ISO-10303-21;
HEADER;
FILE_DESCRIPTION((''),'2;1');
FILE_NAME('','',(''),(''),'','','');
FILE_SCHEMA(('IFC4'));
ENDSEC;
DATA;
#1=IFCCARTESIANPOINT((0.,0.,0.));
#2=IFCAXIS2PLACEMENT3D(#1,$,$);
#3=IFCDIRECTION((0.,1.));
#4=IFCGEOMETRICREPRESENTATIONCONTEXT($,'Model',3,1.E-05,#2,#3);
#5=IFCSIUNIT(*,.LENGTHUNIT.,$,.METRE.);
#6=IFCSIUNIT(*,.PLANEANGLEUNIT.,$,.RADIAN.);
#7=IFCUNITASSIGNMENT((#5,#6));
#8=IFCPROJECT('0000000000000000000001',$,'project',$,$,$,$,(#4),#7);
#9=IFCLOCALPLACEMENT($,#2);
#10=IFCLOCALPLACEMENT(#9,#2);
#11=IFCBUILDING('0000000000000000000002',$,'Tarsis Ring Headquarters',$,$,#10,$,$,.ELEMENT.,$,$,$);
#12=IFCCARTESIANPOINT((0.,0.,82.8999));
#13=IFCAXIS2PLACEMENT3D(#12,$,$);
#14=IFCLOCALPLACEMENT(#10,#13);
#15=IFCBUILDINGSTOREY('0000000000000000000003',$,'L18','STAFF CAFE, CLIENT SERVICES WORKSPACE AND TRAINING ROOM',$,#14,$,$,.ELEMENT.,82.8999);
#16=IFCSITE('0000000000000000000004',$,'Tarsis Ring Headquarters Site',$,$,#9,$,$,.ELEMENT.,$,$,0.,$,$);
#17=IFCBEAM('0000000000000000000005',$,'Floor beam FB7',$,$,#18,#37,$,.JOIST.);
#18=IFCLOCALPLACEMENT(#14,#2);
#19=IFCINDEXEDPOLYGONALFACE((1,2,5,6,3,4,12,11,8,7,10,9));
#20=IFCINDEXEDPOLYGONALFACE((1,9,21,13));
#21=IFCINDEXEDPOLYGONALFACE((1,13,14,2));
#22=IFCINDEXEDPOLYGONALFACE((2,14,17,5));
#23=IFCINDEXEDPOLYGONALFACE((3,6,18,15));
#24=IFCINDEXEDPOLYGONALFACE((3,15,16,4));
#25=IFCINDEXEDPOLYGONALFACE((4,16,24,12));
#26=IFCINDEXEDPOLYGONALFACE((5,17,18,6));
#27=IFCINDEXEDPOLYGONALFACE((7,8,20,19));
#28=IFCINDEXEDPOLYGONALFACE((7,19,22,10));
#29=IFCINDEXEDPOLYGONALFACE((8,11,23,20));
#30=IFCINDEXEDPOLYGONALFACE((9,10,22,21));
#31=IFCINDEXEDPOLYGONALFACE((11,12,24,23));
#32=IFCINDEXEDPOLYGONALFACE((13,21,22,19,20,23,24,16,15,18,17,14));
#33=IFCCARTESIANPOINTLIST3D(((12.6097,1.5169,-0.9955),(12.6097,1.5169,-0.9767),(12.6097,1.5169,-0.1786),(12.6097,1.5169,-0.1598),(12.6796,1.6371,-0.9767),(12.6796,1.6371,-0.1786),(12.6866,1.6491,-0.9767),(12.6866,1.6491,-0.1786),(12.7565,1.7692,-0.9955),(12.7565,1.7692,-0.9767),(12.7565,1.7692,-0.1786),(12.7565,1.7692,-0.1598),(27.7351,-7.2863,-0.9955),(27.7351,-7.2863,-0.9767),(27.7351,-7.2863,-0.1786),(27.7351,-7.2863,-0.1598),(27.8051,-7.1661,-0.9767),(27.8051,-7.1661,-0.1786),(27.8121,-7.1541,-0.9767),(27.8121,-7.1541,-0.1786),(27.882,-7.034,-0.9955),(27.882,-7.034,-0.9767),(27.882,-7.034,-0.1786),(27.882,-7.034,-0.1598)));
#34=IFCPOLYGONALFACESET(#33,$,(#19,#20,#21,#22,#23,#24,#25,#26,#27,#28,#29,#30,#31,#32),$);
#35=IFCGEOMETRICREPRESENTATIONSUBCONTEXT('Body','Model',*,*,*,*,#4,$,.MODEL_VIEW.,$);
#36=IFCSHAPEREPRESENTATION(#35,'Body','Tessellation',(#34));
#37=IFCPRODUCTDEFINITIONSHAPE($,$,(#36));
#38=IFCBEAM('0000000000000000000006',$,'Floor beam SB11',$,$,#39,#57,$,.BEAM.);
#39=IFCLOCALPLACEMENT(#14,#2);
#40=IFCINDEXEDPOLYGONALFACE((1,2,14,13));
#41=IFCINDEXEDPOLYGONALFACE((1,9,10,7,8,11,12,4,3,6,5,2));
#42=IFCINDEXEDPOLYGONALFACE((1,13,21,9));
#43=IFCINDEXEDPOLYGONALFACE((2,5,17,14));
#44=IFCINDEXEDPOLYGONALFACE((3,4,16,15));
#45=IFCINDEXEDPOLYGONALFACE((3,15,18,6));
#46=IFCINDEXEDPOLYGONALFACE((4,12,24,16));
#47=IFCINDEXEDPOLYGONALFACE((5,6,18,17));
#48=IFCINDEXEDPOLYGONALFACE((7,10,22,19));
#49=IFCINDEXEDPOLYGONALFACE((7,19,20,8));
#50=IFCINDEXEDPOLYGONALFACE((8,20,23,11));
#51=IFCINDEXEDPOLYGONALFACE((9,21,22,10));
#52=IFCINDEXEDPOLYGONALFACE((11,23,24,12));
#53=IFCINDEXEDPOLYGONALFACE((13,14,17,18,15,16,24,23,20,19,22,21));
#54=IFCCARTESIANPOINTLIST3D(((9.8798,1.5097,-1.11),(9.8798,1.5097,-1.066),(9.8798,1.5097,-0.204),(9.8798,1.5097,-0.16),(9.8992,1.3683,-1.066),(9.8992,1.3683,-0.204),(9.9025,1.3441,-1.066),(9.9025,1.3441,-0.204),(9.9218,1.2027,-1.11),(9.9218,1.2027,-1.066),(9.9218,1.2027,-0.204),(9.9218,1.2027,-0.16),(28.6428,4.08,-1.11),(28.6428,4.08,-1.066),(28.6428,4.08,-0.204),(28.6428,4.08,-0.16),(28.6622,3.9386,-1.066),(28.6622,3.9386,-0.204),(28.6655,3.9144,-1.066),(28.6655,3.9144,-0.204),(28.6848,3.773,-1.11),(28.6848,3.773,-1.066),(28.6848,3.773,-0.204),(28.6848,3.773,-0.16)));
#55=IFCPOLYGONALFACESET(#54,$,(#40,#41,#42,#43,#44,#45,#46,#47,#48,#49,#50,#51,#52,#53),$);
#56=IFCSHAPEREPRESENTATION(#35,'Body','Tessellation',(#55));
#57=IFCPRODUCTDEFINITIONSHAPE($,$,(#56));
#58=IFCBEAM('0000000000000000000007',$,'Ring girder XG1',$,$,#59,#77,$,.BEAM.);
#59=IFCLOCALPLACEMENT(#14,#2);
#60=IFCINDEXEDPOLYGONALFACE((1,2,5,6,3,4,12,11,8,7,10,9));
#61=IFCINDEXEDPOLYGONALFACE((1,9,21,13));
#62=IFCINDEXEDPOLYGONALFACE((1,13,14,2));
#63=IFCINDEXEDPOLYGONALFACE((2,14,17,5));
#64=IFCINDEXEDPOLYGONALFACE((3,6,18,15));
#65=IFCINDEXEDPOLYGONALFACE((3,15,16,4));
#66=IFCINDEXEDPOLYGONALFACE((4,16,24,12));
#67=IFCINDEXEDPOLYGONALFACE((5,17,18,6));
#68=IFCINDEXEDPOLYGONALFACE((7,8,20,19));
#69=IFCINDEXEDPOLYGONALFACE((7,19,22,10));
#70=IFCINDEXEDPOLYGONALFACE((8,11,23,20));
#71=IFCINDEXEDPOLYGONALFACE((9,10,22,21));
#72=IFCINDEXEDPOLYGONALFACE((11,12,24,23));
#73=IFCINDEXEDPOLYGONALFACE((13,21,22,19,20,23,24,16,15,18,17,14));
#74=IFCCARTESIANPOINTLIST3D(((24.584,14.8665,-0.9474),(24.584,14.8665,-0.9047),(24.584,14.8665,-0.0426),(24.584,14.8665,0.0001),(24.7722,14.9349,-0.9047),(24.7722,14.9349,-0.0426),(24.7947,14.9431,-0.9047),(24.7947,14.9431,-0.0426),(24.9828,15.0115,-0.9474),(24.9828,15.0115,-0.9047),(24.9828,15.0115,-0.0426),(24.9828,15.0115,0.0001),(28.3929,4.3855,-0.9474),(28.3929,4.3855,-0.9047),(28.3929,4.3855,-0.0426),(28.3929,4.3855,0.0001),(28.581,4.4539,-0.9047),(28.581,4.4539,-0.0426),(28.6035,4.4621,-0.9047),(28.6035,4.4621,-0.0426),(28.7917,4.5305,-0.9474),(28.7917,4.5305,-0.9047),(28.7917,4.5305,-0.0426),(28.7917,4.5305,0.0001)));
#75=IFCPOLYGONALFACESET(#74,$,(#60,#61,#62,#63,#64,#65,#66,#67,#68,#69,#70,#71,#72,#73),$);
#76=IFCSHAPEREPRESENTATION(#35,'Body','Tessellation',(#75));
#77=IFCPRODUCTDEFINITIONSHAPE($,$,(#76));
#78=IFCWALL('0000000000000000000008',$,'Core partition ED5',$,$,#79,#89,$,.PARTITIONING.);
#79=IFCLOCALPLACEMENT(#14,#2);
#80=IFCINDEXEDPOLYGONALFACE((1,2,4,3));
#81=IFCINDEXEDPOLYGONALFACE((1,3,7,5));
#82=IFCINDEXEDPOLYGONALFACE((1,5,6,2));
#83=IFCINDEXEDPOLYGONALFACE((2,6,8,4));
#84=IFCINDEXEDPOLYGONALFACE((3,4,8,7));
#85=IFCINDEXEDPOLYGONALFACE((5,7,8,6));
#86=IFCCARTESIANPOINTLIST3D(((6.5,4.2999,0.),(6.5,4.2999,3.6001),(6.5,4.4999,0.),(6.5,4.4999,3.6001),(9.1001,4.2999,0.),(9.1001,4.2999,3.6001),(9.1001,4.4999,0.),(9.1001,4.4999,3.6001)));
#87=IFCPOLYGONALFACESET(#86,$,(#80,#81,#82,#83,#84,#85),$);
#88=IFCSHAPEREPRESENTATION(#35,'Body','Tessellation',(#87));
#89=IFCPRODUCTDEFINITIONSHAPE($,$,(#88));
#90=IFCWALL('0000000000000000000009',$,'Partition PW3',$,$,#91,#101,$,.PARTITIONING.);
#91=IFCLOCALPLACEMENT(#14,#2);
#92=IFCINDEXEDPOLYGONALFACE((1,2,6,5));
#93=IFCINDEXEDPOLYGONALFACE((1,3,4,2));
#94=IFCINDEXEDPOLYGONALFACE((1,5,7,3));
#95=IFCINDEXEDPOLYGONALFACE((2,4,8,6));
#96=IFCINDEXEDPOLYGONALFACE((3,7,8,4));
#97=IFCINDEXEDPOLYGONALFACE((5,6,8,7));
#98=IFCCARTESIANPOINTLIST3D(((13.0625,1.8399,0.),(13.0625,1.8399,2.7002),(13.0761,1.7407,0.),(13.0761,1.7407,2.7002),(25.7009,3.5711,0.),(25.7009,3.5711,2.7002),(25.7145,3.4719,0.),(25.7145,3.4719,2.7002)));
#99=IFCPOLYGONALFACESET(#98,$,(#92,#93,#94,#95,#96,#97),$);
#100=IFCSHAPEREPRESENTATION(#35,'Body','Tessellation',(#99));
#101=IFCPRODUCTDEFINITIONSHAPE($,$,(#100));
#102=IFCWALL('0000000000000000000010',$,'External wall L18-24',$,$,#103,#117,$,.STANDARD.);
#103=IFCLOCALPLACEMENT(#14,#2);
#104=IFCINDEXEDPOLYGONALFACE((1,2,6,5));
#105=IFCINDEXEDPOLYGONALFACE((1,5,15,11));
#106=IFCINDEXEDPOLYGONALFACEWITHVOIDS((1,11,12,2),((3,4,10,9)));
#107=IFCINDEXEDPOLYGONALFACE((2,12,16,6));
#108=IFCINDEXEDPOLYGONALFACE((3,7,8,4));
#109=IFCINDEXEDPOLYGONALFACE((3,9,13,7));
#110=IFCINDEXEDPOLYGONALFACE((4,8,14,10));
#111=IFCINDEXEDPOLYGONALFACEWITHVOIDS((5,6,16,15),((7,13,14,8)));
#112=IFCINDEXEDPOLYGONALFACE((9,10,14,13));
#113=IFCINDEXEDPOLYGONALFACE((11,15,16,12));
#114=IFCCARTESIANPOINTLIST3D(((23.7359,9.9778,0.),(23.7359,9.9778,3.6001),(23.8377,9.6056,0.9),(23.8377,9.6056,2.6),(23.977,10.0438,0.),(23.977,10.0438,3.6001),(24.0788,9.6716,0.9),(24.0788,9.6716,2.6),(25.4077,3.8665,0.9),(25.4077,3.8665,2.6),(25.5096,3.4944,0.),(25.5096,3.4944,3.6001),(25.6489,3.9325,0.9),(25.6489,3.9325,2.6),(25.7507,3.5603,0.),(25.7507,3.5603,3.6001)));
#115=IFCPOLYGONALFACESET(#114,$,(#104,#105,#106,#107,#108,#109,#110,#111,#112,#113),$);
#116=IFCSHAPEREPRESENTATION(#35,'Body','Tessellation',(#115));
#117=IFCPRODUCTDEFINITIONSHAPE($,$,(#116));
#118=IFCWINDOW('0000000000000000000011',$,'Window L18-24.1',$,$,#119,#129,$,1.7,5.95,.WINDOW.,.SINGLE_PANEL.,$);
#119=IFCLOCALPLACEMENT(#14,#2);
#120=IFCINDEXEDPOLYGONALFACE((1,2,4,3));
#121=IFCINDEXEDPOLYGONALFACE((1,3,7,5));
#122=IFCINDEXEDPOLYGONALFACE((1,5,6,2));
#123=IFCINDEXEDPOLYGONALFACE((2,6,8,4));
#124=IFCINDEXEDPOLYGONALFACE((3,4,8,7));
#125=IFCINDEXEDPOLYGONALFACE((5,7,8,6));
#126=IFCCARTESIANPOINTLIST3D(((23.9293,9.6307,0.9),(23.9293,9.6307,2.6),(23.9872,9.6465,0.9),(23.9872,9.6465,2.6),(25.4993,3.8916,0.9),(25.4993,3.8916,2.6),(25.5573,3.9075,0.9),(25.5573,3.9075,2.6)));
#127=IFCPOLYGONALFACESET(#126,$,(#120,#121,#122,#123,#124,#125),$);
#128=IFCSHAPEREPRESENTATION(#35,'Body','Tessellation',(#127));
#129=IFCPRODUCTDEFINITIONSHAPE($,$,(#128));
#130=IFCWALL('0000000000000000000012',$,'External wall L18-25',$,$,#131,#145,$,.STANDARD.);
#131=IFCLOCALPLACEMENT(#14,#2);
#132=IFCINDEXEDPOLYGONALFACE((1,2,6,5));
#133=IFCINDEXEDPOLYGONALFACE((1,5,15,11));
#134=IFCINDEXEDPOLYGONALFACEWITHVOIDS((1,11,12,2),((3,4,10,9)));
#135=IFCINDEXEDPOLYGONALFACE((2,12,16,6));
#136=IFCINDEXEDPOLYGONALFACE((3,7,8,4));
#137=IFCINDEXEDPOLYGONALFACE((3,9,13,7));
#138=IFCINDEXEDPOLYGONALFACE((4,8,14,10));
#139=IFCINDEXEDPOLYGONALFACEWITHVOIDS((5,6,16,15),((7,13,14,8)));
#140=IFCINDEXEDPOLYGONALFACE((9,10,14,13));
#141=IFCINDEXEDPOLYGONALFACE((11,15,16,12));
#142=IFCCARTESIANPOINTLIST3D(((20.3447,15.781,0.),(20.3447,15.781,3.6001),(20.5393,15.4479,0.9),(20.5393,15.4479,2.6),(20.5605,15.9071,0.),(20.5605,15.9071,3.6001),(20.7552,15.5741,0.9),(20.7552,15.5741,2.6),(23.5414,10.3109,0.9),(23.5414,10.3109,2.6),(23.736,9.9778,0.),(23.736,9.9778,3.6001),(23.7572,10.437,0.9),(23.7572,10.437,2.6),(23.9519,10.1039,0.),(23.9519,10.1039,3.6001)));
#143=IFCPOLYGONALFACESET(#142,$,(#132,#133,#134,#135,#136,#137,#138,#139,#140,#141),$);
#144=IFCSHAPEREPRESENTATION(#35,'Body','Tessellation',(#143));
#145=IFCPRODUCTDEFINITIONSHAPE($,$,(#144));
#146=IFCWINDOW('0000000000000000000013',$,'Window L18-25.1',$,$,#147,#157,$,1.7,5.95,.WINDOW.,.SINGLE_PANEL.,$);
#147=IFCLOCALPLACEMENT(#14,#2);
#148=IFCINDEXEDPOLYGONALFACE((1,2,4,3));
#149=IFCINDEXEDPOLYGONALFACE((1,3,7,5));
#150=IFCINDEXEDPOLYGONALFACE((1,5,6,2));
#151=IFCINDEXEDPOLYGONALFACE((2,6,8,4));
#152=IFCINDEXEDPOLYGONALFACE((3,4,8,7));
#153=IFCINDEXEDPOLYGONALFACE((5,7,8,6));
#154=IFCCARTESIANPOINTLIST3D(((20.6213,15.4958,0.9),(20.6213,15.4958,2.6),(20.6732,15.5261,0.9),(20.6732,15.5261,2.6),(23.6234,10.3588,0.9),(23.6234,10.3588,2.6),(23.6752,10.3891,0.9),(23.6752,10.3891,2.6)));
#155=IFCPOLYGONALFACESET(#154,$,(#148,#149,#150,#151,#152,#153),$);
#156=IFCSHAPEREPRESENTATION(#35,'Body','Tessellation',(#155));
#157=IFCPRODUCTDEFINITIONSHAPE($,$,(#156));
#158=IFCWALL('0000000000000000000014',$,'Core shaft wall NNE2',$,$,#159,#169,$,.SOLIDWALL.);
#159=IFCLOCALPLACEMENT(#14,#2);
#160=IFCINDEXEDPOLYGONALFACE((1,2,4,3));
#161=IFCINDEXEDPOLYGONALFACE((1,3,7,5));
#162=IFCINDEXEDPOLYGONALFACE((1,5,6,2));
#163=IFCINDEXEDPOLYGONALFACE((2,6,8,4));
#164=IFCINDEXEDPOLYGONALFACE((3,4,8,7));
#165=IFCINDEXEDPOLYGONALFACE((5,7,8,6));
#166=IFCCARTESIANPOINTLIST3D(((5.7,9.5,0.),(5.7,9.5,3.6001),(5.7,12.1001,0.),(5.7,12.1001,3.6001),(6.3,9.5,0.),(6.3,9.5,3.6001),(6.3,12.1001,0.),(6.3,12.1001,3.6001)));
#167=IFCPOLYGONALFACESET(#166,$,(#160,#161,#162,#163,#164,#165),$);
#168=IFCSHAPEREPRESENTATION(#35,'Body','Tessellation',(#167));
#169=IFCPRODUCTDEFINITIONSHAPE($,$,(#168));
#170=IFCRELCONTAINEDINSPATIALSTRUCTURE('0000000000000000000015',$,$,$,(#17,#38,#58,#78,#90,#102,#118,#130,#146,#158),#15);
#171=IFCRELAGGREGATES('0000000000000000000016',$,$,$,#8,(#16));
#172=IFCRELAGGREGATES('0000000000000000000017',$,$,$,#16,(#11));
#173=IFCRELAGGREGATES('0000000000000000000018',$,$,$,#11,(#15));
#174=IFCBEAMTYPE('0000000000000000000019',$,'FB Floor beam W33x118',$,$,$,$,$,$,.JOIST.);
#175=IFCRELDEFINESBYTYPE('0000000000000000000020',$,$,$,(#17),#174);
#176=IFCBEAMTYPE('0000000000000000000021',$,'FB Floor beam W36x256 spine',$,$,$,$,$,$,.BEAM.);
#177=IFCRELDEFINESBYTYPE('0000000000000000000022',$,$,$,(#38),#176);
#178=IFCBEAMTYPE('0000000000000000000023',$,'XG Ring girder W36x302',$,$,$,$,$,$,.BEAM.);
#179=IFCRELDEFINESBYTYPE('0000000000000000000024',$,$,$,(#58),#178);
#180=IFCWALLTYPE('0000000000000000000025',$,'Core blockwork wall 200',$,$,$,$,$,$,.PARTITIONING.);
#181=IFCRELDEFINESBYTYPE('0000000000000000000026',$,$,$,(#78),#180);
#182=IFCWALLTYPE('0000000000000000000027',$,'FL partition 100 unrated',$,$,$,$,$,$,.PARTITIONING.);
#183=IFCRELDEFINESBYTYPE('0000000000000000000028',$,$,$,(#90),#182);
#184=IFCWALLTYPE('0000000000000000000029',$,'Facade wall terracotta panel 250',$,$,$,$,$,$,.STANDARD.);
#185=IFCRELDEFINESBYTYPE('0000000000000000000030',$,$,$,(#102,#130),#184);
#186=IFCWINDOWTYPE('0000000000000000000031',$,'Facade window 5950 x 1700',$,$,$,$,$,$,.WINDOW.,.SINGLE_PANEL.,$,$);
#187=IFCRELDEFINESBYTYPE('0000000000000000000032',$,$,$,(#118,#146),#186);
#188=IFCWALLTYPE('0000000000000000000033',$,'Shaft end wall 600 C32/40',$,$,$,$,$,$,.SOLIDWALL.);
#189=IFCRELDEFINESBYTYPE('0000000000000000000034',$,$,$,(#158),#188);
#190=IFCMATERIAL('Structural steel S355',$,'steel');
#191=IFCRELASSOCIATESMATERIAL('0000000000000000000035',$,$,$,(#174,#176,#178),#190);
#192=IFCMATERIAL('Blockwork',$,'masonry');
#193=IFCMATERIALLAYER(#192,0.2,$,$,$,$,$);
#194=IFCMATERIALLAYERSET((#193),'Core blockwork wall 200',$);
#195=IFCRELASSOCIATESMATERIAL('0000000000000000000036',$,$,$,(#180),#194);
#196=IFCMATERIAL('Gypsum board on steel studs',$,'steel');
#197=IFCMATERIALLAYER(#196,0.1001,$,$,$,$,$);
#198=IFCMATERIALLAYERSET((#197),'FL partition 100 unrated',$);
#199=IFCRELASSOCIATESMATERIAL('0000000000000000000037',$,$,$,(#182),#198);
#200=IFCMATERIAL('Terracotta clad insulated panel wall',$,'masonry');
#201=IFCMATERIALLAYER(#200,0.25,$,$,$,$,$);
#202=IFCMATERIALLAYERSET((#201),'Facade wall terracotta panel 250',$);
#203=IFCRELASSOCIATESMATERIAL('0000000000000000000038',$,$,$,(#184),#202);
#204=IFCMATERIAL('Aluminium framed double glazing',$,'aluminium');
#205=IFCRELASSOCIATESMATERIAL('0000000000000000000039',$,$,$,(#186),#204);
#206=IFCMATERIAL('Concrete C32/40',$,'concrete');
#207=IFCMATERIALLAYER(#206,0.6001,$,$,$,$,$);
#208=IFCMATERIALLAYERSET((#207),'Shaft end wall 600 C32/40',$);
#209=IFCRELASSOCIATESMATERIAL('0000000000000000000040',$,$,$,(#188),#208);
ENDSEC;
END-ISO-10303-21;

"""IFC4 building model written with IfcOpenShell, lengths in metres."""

from ifc_helpers import new_model, si_unit, direction, frame, frame_2d, origin, origin_2d, place, context, subcontext, project, spatial, rectangle, i_section, extrude, material, layer, layer_set, material_profile, profile_set, type_object, element, fill, save


model = new_model("IFC4")

# Units and contexts
model_context = context("Model", 3, precision=1e-05, world=origin(), true_north=direction((0.0, 1.0)))
body_context = subcontext(model_context, "Body", "Model", "MODEL_VIEW")
ifc_project = project(units=[si_unit("LENGTHUNIT", "METRE"), si_unit("PLANEANGLEUNIT", "RADIAN")], contexts=[model_context])

# Site, building, storey
site_placement = place(None, origin())
site = spatial("IfcSite", under=ifc_project, at=site_placement, Name="Tarsis Ring Headquarters Site", CompositionType="ELEMENT", RefElevation=0.0)
building_placement = place(site_placement, origin())
building = spatial("IfcBuilding", under=site, at=building_placement, Name="Tarsis Ring Headquarters", CompositionType="ELEMENT")
storey_placement = place(building_placement, frame((0.0, 0.0, 82.8999)))
storey = spatial("IfcBuildingStorey", under=building, at=storey_placement, Name="L18", Description="STAFF CAFE, CLIENT SERVICES WORKSPACE AND TRAINING ROOM", CompositionType="ELEMENT", Elevation=82.8999)

# Beams
ifc_material_1 = material(Name="Structural steel S355", Category="steel")
ifc_material_profile_1 = material_profile(ifc_material_1, i_section(OverallWidth=0.292, OverallDepth=0.8357, WebThickness=0.0139, FlangeThickness=0.0188, at=origin_2d()), Name="W33x118")
ifc_profile_set_1 = profile_set([ifc_material_profile_1], Name="Structural steel S355")
beam_type_1 = type_object("IfcBeamType", Name="FB Floor beam W33x118", PredefinedType="JOIST", material=ifc_profile_set_1)
beam_1_placement = place(storey_placement, frame((12.6831, 1.6431, -0.5776), z_axis=(0.864275, -0.503019, 0.0), x_axis=(0.503019, 0.864275, 0.0)))
element("IfcBeam", 1, at=beam_1_placement, inside=storey, type_object=beam_type_1, Name="Floor beam FB7", PredefinedType="JOIST", context=body_context, shape_type="SweptSolid", body=[
    extrude(i_section(OverallWidth=0.292, OverallDepth=0.8357, WebThickness=0.0139, FlangeThickness=0.0188, at=origin_2d()), origin(), (0.0, 0.0, 1.0), 17.5007),
])
ifc_material_profile_2 = material_profile(ifc_material_1, i_section(OverallWidth=0.3098, OverallDepth=0.95, WebThickness=0.0244, FlangeThickness=0.0439, at=origin_2d()), Name="W36x256")
ifc_profile_set_2 = profile_set([ifc_material_profile_2], Name="Structural steel S355")
beam_type_2 = type_object("IfcBeamType", Name="FB Floor beam W36x256 spine", PredefinedType="BEAM", material=ifc_profile_set_2)
beam_2_placement = place(storey_placement, frame((28.6638, 3.9265, -0.635), z_axis=(-0.990747, -0.135721, 0.0), x_axis=(0.135721, -0.990747, 0.0)))
element("IfcBeam", 2, at=beam_2_placement, inside=storey, type_object=beam_type_2, Name="Floor beam SB11", PredefinedType="BEAM", context=body_context, shape_type="SweptSolid", body=[
    extrude(i_section(OverallWidth=0.3098, OverallDepth=0.95, WebThickness=0.0244, FlangeThickness=0.0439, at=origin_2d()), origin(), (0.0, 0.0, 1.0), 18.9382),
])
ifc_material_profile_3 = material_profile(ifc_material_1, i_section(OverallWidth=0.4243, OverallDepth=0.9475, WebThickness=0.0239, FlangeThickness=0.0427, at=origin_2d()), Name="W36x302")
ifc_profile_set_3 = profile_set([ifc_material_profile_3], Name="Structural steel S355")
beam_type_3 = type_object("IfcBeamType", Name="XG Ring girder W36x302", PredefinedType="BEAM", material=ifc_profile_set_3)
beam_3_placement = place(storey_placement, frame((28.5923, 4.458, -0.4736), z_axis=(-0.341551, 0.939863, 0.0), x_axis=(-0.939863, -0.341551, 0.0)))
element("IfcBeam", 3, at=beam_3_placement, inside=storey, type_object=beam_type_3, Name="Ring girder XG1", PredefinedType="BEAM", context=body_context, shape_type="SweptSolid", body=[
    extrude(i_section(OverallWidth=0.4243, OverallDepth=0.9475, WebThickness=0.0239, FlangeThickness=0.0427, at=origin_2d()), origin(), (0.0, 0.0, 1.0), 11.1516),
])

# Walls
ifc_material_2 = material(Name="Blockwork", Category="masonry")
ifc_layer_1 = layer(ifc_material_2, 0.2)
ifc_layer_set_1 = layer_set([ifc_layer_1], Name="Core blockwork wall 200")
wall_type_1 = type_object("IfcWallType", Name="Core blockwork wall 200", PredefinedType="PARTITIONING", material=ifc_layer_set_1)
wall_1_placement = place(storey_placement, frame((6.5, 4.3999, 0.0), z_axis=(0.0, 0.0, 1.0), x_axis=(1.0, 0.0, 0.0)))
element("IfcWall", 4, at=wall_1_placement, inside=storey, type_object=wall_type_1, Name="Core partition ED5", PredefinedType="PARTITIONING", context=body_context, shape_type="SweptSolid", body=[
    extrude(rectangle(XDim=2.6001, YDim=0.2, at=frame_2d((1.3, 0.0))), origin(), (0.0, 0.0, 1.0), 3.6001),
])
ifc_material_3 = material(Name="Gypsum board on steel studs", Category="steel")
ifc_layer_2 = layer(ifc_material_3, 0.1001)
ifc_layer_set_2 = layer_set([ifc_layer_2], Name="FL partition 100 unrated")
wall_type_2 = type_object("IfcWallType", Name="FL partition 100 unrated", PredefinedType="PARTITIONING", material=ifc_layer_set_2)
wall_2_placement = place(storey_placement, frame((13.0693, 1.7903, 0.0), z_axis=(0.0, 0.0, 1.0), x_axis=(0.990748, 0.135712, 0.0)))
element("IfcWall", 5, at=wall_2_placement, inside=storey, type_object=wall_type_2, Name="Partition PW3", PredefinedType="PARTITIONING", context=body_context, shape_type="SweptSolid", body=[
    extrude(rectangle(XDim=12.7563, YDim=0.1001, at=frame_2d((6.3782, 0.0))), origin(), (0.0, 0.0, 1.0), 2.7002),
])

# Walls, openings, windows
ifc_material_4 = material(Name="Terracotta clad insulated panel wall", Category="masonry")
ifc_layer_3 = layer(ifc_material_4, 0.25)
ifc_layer_set_3 = layer_set([ifc_layer_3], Name="Facade wall terracotta panel 250")
wall_type_3 = type_object("IfcWallType", Name="Facade wall terracotta panel 250", PredefinedType="STANDARD", material=ifc_layer_set_3)
wall_3_placement = place(storey_placement, frame((25.6301, 3.5273, 0.0), z_axis=(0.0, 0.0, 1.0), x_axis=(-0.263876, 0.964556, 0.0)))
wall_3 = element("IfcWall", 6, at=wall_3_placement, inside=storey, type_object=wall_type_3, Name="External wall L18-24", PredefinedType="STANDARD", context=body_context, shape_type="SweptSolid", body=[
    extrude(rectangle(XDim=6.7217, YDim=0.25, at=frame_2d((3.3608, 0.0))), origin(), (0.0, 0.0, 1.0), 3.6001),
])
opening_1_placement = place(wall_3_placement, frame((0.3857, 0.0, 0.8999)))
opening_1 = element("IfcOpeningElement", 7, at=opening_1_placement, cuts=wall_3, PredefinedType="OPENING", context=body_context, shape_type="SweptSolid", body=[
    extrude(rectangle(XDim=5.95, YDim=1.7, at=frame_2d((2.9751, 0.8501))), frame((0.0, 0.135, 0.0), z_axis=(0.0, -1.0, 0.0), x_axis=(1.0, 0.0, 0.0)), (0.0, 0.0, 1.0), 0.27),
])
ifc_material_5 = material(Name="Aluminium framed double glazing", Category="aluminium")
window_type = type_object("IfcWindowType", Name="Facade window 5950 x 1700", PartitioningType="SINGLE_PANEL", PredefinedType="WINDOW", material=ifc_material_5)
window_1_placement = place(opening_1_placement, origin())
window_1 = element("IfcWindow", 8, at=window_1_placement, inside=storey, type_object=window_type, Name="Window L18-24.1", OverallHeight=1.7, OverallWidth=5.95, PartitioningType="SINGLE_PANEL", PredefinedType="WINDOW", context=body_context, shape_type="SweptSolid", body=[
    extrude(rectangle(XDim=5.95, YDim=1.7, at=frame_2d((2.9751, 0.8501))), frame((0.0, 0.03, 0.0), z_axis=(0.0, -1.0, 0.0), x_axis=(1.0, 0.0, 0.0)), (0.0, 0.0, 1.0), 0.0601),
])
fill(opening_1, window_1)
wall_4_placement = place(storey_placement, frame((23.844, 10.0408, 0.0), z_axis=(0.0, 0.0, 1.0), x_axis=(-0.504553, 0.863381, 0.0)))
wall_4 = element("IfcWall", 9, at=wall_4_placement, inside=storey, type_object=wall_type_3, Name="External wall L18-25", PredefinedType="STANDARD", context=body_context, shape_type="SweptSolid", body=[
    extrude(rectangle(XDim=6.7214, YDim=0.25, at=frame_2d((3.3608, 0.0))), origin(), (0.0, 0.0, 1.0), 3.6001),
])
opening_2_placement = place(wall_4_placement, frame((0.3857, 0.0, 0.8999)))
opening_2 = element("IfcOpeningElement", 10, at=opening_2_placement, cuts=wall_4, PredefinedType="OPENING", context=body_context, shape_type="SweptSolid", body=[
    extrude(rectangle(XDim=5.95, YDim=1.7, at=frame_2d((2.9751, 0.8501))), frame((0.0, 0.135, 0.0), z_axis=(0.0, -1.0, 0.0), x_axis=(1.0, 0.0, 0.0)), (0.0, 0.0, 1.0), 0.27),
])
window_2_placement = place(opening_2_placement, origin())
window_2 = element("IfcWindow", 11, at=window_2_placement, inside=storey, type_object=window_type, Name="Window L18-25.1", OverallHeight=1.7, OverallWidth=5.95, PartitioningType="SINGLE_PANEL", PredefinedType="WINDOW", context=body_context, shape_type="SweptSolid", body=[
    extrude(rectangle(XDim=5.95, YDim=1.7, at=frame_2d((2.9751, 0.8501))), frame((0.0, 0.03, 0.0), z_axis=(0.0, -1.0, 0.0), x_axis=(1.0, 0.0, 0.0)), (0.0, 0.0, 1.0), 0.0601),
])
fill(opening_2, window_2)

# Wall
ifc_material_6 = material(Name="Concrete C32/40", Category="concrete")
ifc_layer_4 = layer(ifc_material_6, 0.6001)
ifc_layer_set_4 = layer_set([ifc_layer_4], Name="Shaft end wall 600 C32/40")
wall_type_4 = type_object("IfcWallType", Name="Shaft end wall 600 C32/40", PredefinedType="SOLIDWALL", material=ifc_layer_set_4)
wall_5_placement = place(storey_placement, frame((6.0, 9.5, 0.0), z_axis=(0.0, 0.0, 1.0), x_axis=(0.0, 1.0, 0.0)))
element("IfcWall", 12, at=wall_5_placement, inside=storey, type_object=wall_type_4, Name="Core shaft wall NNE2", PredefinedType="SOLIDWALL", context=body_context, shape_type="SweptSolid", body=[
    extrude(rectangle(XDim=2.6001, YDim=0.6001, at=frame_2d((1.3, 0.0))), origin(), (0.0, 0.0, 1.0), 3.6001),
])

save(model, "model.ifc")
